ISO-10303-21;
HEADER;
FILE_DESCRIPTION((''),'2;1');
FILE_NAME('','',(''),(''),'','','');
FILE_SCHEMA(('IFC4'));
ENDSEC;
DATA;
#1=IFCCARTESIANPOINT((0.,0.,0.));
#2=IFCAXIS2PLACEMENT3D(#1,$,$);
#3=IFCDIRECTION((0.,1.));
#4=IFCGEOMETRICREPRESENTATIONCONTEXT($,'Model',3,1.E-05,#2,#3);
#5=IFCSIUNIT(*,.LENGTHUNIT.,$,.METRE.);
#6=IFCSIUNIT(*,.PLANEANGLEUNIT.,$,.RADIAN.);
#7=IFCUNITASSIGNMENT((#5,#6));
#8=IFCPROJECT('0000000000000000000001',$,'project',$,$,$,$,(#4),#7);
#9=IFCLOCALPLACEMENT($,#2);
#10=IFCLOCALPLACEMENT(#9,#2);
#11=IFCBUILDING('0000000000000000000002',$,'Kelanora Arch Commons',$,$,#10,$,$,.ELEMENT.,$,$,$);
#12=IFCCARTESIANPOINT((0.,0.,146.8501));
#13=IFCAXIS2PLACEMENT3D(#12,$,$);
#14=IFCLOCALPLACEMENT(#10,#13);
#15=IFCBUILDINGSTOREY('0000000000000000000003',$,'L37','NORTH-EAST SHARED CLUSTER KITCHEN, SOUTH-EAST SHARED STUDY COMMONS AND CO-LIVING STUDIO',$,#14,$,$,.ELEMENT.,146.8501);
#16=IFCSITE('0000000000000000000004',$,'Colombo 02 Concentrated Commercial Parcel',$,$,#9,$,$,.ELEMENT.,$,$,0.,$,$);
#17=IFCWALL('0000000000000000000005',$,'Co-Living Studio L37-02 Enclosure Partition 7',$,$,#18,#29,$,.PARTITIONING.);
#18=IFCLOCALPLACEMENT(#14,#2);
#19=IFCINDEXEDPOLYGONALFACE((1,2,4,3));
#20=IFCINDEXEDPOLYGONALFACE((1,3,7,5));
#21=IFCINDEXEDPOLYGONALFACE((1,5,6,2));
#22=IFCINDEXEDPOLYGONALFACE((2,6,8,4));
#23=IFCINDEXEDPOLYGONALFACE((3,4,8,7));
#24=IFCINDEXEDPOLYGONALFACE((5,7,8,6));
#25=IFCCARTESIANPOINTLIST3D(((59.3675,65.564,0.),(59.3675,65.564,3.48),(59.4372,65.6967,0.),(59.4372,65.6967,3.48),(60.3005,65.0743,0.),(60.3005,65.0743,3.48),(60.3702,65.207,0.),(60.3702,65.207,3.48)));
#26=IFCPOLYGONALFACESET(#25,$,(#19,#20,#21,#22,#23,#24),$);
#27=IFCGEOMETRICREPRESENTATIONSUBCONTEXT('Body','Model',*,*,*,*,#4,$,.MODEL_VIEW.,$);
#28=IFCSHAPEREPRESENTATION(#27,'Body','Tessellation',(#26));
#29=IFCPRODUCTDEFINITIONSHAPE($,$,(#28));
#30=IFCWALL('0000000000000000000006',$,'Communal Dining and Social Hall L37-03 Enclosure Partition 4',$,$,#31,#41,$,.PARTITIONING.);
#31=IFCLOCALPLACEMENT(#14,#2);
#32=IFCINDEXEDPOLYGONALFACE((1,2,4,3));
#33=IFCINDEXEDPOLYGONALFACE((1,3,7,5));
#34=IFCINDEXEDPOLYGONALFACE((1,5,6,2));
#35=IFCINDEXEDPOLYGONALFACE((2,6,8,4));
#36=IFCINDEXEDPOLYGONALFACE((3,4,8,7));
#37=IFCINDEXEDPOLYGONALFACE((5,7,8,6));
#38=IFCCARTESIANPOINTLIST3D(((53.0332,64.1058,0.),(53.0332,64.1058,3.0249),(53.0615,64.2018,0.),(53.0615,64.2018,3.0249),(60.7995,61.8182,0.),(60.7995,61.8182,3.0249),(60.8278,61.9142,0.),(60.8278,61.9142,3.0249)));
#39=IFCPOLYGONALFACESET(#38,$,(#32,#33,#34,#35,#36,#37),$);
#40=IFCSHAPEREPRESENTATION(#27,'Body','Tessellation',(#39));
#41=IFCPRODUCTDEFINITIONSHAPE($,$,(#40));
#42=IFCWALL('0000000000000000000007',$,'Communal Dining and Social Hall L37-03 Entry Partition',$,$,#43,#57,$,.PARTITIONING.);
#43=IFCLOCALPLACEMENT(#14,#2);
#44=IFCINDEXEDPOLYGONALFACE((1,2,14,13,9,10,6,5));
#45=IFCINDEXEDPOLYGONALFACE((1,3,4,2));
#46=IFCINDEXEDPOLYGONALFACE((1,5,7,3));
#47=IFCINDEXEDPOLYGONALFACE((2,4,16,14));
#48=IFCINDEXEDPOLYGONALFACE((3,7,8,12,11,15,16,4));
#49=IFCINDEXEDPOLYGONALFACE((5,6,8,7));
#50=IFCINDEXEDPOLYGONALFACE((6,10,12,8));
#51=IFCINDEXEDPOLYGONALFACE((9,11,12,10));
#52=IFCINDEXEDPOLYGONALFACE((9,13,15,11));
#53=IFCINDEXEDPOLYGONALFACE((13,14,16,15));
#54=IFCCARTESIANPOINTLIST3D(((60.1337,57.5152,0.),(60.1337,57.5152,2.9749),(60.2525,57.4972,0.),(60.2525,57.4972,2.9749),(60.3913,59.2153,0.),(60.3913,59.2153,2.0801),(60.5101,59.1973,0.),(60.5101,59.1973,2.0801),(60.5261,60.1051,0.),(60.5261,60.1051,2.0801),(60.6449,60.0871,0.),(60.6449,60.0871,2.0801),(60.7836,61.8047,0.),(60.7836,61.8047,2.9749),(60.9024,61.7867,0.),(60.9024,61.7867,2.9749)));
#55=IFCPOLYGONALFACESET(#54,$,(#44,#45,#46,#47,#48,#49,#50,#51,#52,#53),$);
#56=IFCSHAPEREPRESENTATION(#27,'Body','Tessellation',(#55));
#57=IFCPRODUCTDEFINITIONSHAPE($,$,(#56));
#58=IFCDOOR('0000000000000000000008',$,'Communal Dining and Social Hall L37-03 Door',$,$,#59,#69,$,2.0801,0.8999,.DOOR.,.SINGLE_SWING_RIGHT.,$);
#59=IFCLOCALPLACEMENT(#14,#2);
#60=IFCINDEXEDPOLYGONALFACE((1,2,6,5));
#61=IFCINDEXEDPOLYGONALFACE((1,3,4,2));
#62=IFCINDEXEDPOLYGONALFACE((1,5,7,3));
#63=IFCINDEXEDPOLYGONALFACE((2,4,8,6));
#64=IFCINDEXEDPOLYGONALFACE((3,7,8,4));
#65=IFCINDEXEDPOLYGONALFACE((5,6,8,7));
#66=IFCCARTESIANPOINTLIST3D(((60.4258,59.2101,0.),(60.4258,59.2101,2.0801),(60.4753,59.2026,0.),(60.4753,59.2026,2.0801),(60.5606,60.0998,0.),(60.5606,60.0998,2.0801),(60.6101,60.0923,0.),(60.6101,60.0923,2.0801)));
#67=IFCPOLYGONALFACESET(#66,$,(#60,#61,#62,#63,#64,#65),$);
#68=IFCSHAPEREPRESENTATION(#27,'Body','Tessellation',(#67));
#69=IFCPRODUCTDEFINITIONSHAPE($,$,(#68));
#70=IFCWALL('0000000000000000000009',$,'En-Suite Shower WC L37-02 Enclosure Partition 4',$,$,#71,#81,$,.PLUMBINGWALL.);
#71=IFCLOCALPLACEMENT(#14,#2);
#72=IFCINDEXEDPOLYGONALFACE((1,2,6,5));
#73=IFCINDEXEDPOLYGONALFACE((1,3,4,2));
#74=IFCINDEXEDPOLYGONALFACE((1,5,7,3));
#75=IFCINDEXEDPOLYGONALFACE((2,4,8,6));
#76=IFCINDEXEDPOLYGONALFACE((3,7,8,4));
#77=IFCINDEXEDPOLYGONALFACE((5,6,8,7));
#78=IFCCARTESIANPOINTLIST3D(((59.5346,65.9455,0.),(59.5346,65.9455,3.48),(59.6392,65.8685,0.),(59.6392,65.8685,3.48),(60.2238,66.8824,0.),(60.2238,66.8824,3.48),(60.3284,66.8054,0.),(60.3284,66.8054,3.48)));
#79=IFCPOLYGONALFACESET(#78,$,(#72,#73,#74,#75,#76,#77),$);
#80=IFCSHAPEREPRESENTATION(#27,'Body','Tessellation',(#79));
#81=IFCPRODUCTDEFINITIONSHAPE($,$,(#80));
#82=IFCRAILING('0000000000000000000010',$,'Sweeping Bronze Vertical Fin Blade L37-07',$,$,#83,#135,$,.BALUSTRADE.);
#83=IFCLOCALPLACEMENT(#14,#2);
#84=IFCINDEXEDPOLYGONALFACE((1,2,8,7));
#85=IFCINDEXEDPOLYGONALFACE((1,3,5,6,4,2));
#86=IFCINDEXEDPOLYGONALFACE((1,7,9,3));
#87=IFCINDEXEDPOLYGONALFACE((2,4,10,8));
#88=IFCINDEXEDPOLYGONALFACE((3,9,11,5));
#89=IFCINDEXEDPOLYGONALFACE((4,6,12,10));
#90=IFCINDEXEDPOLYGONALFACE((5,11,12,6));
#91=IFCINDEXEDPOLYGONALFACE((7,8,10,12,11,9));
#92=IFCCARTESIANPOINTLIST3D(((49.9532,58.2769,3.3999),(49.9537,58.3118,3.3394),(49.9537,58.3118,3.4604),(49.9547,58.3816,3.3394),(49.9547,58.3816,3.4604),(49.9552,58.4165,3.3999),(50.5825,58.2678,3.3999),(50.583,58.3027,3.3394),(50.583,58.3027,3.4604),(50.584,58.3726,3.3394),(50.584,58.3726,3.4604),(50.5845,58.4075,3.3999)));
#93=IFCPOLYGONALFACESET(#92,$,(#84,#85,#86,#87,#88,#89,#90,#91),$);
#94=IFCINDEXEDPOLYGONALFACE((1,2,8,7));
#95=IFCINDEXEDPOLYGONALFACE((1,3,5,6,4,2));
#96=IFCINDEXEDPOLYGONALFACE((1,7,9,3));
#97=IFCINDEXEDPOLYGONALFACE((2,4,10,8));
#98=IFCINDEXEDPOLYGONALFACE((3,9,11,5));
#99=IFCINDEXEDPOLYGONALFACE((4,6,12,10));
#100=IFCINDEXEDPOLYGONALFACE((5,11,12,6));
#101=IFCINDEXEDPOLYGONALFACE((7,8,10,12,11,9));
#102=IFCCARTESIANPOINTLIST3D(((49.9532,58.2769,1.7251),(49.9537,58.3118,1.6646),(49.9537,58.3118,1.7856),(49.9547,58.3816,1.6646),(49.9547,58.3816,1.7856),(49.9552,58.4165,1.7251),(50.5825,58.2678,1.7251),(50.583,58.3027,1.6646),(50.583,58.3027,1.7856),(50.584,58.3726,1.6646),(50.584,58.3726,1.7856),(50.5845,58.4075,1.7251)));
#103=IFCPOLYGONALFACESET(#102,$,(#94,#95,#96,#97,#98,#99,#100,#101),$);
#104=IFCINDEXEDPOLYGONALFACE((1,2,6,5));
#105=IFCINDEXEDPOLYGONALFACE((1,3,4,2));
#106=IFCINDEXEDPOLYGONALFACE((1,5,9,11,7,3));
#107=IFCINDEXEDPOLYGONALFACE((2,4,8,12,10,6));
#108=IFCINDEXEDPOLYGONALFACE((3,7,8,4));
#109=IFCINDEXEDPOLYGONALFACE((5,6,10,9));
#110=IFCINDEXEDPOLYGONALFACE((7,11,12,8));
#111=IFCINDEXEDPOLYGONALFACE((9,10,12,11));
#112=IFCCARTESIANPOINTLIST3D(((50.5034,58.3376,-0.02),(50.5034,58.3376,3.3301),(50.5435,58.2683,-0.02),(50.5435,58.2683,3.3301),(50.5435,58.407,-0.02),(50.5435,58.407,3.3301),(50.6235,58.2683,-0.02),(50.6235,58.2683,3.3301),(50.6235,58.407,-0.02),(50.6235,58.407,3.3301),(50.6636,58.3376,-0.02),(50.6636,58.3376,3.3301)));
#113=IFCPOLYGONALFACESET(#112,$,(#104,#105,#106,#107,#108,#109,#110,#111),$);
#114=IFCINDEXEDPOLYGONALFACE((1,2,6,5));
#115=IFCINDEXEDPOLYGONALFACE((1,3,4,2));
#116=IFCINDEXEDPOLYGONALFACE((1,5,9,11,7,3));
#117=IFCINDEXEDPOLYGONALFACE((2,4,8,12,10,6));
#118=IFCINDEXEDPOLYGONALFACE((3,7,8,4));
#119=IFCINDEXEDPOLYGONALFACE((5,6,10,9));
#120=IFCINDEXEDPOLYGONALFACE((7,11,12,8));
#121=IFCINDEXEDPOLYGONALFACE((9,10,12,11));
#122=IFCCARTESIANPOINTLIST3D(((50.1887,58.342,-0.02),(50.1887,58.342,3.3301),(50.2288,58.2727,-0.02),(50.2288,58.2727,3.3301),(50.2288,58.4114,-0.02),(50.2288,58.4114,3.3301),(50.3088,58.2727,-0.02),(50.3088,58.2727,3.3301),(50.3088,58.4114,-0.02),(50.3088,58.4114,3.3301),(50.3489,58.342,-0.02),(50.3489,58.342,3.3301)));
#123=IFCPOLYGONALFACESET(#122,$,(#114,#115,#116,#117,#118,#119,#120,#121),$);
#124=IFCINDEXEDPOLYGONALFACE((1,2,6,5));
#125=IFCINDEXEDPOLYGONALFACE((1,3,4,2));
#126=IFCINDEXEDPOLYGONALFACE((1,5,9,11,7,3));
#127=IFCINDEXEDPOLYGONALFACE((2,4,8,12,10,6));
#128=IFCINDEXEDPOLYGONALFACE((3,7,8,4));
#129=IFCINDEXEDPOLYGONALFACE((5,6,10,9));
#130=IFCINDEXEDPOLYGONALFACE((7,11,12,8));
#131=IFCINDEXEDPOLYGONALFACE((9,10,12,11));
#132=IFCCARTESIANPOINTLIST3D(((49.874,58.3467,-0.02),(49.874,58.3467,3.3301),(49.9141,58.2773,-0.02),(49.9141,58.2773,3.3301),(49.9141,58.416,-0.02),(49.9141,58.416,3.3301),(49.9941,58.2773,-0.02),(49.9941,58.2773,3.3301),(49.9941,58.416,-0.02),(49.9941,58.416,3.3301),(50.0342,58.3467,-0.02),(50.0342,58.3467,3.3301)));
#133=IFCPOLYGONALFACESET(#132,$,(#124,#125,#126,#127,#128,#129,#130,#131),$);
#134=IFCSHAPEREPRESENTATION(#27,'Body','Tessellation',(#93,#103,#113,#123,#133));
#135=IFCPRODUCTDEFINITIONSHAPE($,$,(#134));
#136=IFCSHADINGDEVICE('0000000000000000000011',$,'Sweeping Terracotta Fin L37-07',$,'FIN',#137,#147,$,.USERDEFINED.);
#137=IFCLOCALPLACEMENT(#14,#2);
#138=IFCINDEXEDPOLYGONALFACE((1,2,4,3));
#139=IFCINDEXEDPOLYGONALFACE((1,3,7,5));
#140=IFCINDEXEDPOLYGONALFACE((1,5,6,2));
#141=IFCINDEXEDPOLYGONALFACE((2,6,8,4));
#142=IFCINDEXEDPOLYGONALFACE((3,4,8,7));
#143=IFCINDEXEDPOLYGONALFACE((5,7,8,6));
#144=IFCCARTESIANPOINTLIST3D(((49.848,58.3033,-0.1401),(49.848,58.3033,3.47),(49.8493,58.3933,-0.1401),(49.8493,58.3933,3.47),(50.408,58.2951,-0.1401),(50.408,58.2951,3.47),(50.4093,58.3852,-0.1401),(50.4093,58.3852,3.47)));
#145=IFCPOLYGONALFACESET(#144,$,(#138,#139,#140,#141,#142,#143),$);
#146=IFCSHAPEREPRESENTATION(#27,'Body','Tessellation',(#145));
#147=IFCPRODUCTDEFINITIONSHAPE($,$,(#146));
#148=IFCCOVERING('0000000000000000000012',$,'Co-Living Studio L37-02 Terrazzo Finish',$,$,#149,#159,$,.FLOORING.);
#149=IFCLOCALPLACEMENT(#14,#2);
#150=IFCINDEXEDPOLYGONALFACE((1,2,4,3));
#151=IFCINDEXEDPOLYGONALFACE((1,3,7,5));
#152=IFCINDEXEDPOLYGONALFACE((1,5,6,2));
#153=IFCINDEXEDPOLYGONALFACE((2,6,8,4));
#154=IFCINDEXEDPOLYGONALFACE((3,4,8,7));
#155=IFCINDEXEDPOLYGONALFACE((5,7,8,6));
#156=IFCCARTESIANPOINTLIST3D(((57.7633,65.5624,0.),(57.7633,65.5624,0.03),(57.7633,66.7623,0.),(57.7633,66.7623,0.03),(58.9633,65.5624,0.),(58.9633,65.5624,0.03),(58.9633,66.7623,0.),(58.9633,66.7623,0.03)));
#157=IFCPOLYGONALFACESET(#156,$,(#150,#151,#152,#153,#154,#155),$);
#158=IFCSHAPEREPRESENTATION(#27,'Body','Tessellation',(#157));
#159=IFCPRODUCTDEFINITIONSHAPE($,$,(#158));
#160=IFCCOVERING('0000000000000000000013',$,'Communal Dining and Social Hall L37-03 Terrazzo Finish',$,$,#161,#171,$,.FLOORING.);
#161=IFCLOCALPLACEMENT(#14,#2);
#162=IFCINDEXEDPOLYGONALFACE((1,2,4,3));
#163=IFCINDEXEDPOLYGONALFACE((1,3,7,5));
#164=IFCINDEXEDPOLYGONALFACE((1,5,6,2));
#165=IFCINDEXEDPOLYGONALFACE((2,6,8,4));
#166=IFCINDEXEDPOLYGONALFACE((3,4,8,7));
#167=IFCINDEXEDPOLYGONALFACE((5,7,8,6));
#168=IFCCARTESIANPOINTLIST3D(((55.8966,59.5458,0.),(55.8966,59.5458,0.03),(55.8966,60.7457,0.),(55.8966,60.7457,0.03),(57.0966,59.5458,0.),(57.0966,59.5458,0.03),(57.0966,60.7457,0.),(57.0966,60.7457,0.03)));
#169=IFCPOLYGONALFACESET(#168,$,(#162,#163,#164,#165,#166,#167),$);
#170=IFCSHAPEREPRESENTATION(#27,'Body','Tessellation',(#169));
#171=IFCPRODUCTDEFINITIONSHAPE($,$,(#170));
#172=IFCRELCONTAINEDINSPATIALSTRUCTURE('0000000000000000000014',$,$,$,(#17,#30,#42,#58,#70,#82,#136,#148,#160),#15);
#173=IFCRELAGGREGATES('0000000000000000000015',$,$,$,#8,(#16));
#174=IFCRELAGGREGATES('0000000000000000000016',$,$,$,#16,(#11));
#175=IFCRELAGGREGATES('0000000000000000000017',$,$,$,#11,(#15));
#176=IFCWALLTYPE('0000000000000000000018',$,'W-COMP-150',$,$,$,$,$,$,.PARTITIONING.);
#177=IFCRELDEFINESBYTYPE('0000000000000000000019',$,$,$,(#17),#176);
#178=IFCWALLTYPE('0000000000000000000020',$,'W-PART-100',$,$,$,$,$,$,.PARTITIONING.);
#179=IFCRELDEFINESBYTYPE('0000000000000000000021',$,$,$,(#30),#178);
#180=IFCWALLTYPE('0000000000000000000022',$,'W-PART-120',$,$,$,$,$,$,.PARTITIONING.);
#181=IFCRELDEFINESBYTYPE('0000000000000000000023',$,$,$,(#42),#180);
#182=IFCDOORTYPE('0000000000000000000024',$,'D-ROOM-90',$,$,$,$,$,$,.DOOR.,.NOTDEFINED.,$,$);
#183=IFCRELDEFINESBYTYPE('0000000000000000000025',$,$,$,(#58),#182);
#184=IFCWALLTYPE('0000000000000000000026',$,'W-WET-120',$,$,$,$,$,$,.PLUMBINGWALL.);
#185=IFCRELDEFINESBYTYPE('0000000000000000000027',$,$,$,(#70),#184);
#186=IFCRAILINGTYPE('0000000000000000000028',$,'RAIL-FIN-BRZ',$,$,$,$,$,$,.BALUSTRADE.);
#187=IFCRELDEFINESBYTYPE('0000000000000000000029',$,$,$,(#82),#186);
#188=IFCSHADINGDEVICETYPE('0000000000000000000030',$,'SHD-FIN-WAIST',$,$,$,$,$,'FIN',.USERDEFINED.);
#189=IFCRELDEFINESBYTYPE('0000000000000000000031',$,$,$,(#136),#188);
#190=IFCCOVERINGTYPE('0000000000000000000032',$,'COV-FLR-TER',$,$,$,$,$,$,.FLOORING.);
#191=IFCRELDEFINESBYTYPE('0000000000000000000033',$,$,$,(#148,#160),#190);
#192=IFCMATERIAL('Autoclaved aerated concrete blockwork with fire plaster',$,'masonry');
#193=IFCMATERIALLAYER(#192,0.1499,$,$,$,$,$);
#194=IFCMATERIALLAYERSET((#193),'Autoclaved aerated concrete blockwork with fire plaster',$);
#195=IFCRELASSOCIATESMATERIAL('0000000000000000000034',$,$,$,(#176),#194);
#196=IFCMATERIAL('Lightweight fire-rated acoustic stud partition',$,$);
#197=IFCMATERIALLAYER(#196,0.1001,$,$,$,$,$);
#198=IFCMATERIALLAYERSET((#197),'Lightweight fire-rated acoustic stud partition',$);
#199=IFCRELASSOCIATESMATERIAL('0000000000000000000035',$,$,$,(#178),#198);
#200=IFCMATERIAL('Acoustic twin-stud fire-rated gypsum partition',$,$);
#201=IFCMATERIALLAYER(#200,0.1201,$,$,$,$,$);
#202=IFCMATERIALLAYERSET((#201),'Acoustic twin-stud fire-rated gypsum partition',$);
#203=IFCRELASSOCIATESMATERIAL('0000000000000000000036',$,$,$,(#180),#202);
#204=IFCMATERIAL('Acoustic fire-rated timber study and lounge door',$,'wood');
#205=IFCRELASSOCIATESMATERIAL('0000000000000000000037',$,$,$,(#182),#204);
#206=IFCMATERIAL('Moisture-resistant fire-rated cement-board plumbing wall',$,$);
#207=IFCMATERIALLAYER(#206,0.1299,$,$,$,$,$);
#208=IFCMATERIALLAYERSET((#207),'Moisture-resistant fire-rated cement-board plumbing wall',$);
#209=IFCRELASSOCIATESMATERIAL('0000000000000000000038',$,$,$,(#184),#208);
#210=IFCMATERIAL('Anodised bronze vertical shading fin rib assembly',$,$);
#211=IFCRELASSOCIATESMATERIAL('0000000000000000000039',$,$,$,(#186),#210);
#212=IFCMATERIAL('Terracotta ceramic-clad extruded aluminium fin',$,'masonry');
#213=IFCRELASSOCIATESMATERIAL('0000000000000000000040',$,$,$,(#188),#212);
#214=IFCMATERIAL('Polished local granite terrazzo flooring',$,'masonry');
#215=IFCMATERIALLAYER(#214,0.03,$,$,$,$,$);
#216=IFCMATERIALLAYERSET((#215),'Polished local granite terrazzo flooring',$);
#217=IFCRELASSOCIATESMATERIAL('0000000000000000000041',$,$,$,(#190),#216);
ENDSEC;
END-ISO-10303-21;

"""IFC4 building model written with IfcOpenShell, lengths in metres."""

from ifc_helpers import new_model, si_unit, direction, frame, frame_2d, origin, origin_2d, place, context, subcontext, project, spatial, polyline, rectangle, outline, extrude, source, transform, mapped, material, layer, layer_set, type_object, element, fill, save


model = new_model("IFC4")

# Units and contexts
model_context = context("Model", 3, precision=1e-05, world=origin(), true_north=direction((0.0, 1.0)))
body_context = subcontext(model_context, "Body", "Model", "MODEL_VIEW")
ifc_project = project(units=[si_unit("LENGTHUNIT", "METRE"), si_unit("PLANEANGLEUNIT", "RADIAN")], contexts=[model_context])

# Site, building, storey
site_placement = place(None, origin())
site = spatial("IfcSite", under=ifc_project, at=site_placement, Name="Colombo 02 Concentrated Commercial Parcel", CompositionType="ELEMENT", RefElevation=0.0)
building_placement = place(site_placement, origin())
building = spatial("IfcBuilding", under=site, at=building_placement, Name="Kelanora Arch Commons", CompositionType="ELEMENT")
storey_placement = place(building_placement, frame((0.0, 0.0, 146.8501)))
storey = spatial("IfcBuildingStorey", under=building, at=storey_placement, Name="L37", Description="NORTH-EAST SHARED CLUSTER KITCHEN, SOUTH-EAST SHARED STUDY COMMONS AND CO-LIVING STUDIO", CompositionType="ELEMENT", Elevation=146.8501)

# Walls
ifc_material_1 = material(Name="Autoclaved aerated concrete blockwork with fire plaster", Category="masonry")
ifc_layer_1 = layer(ifc_material_1, 0.1499)
ifc_layer_set_1 = layer_set([ifc_layer_1], Name="Autoclaved aerated concrete blockwork with fire plaster")
wall_type_1 = type_object("IfcWallType", Name="W-COMP-150", PredefinedType="PARTITIONING", material=ifc_layer_set_1)
wall_1_placement = place(storey_placement, frame((59.4023, 65.6304, 0.0), z_axis=(0.0, 0.0, 1.0), x_axis=(0.88545, -0.464734, 0.0)))
element("IfcWall", 1, at=wall_1_placement, inside=storey, type_object=wall_type_1, Name="Co-Living Studio L37-02 Enclosure Partition 7", PredefinedType="PARTITIONING", context=body_context, shape_type="SweptSolid", body=[
    extrude(rectangle(XDim=1.0537, YDim=0.1499, at=frame_2d((0.5269, 0.0))), origin(), (0.0, 0.0, 1.0), 3.48),
])
ifc_material_2 = material(Name="Lightweight fire-rated acoustic stud partition")
ifc_layer_2 = layer(ifc_material_2, 0.1001)
ifc_layer_set_2 = layer_set([ifc_layer_2], Name="Lightweight fire-rated acoustic stud partition")
wall_type_2 = type_object("IfcWallType", Name="W-PART-100", PredefinedType="PARTITIONING", material=ifc_layer_set_2)
wall_2_placement = place(storey_placement, frame((53.0474, 64.1538, 0.0), z_axis=(0.0, 0.0, 1.0), x_axis=(0.959253, -0.28255, 0.0)))
element("IfcWall", 2, at=wall_2_placement, inside=storey, type_object=wall_type_2, Name="Communal Dining and Social Hall L37-03 Enclosure Partition 4", PredefinedType="PARTITIONING", context=body_context, shape_type="SweptSolid", body=[
    extrude(rectangle(XDim=8.0962, YDim=0.1001, at=frame_2d((4.0481, 0.0))), origin(), (0.0, 0.0, 1.0), 3.0249),
])

# Wall, opening, door
ifc_material_3 = material(Name="Acoustic twin-stud fire-rated gypsum partition")
ifc_layer_3 = layer(ifc_material_3, 0.1201)
ifc_layer_set_3 = layer_set([ifc_layer_3], Name="Acoustic twin-stud fire-rated gypsum partition")
wall_type_3 = type_object("IfcWallType", Name="W-PART-120", PredefinedType="PARTITIONING", material=ifc_layer_set_3)
wall_3_placement = place(storey_placement, frame((60.843, 61.7957, 0.0), z_axis=(0.0, 0.0, 1.0), x_axis=(-0.149807, -0.988715, 0.0)))
wall_3 = element("IfcWall", 3, at=wall_3_placement, inside=storey, type_object=wall_type_3, Name="Communal Dining and Social Hall L37-03 Entry Partition", PredefinedType="PARTITIONING", context=body_context, shape_type="SweptSolid", body=[
    extrude(rectangle(XDim=4.3384, YDim=0.1201, at=frame_2d((2.1692, 0.0))), origin(), (0.0, 0.0, 1.0), 2.9749),
])
opening_placement = place(wall_3_placement, frame((1.719, 0.0, 0.0)))
opening = element("IfcOpeningElement", 4, at=opening_placement, cuts=wall_3, PredefinedType="OPENING", context=body_context, shape_type="SweptSolid", body=[
    extrude(rectangle(XDim=0.8999, YDim=2.0801, at=frame_2d((0.45, 1.04))), frame((0.0, 0.0701, 0.0), z_axis=(0.0, -1.0, 0.0), x_axis=(1.0, 0.0, 0.0)), (0.0, 0.0, 1.0), 0.1401),
])
ifc_material_4 = material(Name="Acoustic fire-rated timber study and lounge door", Category="wood")
door_type = type_object("IfcDoorType", Name="D-ROOM-90", OperationType="NOTDEFINED", PredefinedType="DOOR", material=ifc_material_4)
door_placement = place(opening_placement, origin())
door = element("IfcDoor", 5, at=door_placement, inside=storey, type_object=door_type, Name="Communal Dining and Social Hall L37-03 Door", OperationType="SINGLE_SWING_RIGHT", OverallHeight=2.0801, OverallWidth=0.8999, PredefinedType="DOOR", context=body_context, shape_type="SweptSolid", body=[
    extrude(rectangle(XDim=0.8999, YDim=2.0801, at=frame_2d((0.45, 1.04))), frame((0.0, 0.0249, 0.0), z_axis=(0.0, -1.0, 0.0), x_axis=(1.0, 0.0, 0.0)), (0.0, 0.0, 1.0), 0.05),
])
fill(opening, door)

# Wall
ifc_material_5 = material(Name="Moisture-resistant fire-rated cement-board plumbing wall")
ifc_layer_4 = layer(ifc_material_5, 0.1299)
ifc_layer_set_4 = layer_set([ifc_layer_4], Name="Moisture-resistant fire-rated cement-board plumbing wall")
wall_type_4 = type_object("IfcWallType", Name="W-WET-120", PredefinedType="PLUMBINGWALL", material=ifc_layer_set_4)
wall_4_placement = place(storey_placement, frame((59.5869, 65.907, 0.0), z_axis=(0.0, 0.0, 1.0), x_axis=(0.592519, 0.805557, 0.0)))
element("IfcWall", 6, at=wall_4_placement, inside=storey, type_object=wall_type_4, Name="En-Suite Shower WC L37-02 Enclosure Partition 4", PredefinedType="PLUMBINGWALL", context=body_context, shape_type="SweptSolid", body=[
    extrude(rectangle(XDim=1.1631, YDim=0.1299, at=frame_2d((0.5815, 0.0))), origin(), (0.0, 0.0, 1.0), 3.48),
])

# Railing
ifc_material_6 = material(Name="Anodised bronze vertical shading fin rib assembly")
railing_type = type_object("IfcRailingType", Name="RAIL-FIN-BRZ", PredefinedType="BALUSTRADE", material=ifc_material_6)
railing_placement = place(storey_placement, frame((50.5835, 58.3376, -0.02)))
element("IfcRailing", 7, at=railing_placement, inside=storey, type_object=railing_type, Name="Sweeping Bronze Vertical Fin Blade L37-07", PredefinedType="BALUSTRADE", context=body_context, shape_type="SweptSolid", body=[
    extrude(outline(polyline([(0.0698, 0.0), (0.0349, 0.0605), (-0.0349, 0.0605), (-0.0698, 0.0), (-0.0349, -0.0605), (0.0349, -0.0605), (0.0698, 0.0)])), frame((0.0, 0.0, 3.4199), z_axis=(-0.999897, 0.014351, 0.0), x_axis=(-0.014351, -0.999897, 0.0)), (0.0, 0.0, 1.0), 0.6294),
    extrude(outline(polyline([(0.0698, 0.0), (0.0349, 0.0605), (-0.0349, 0.0605), (-0.0698, 0.0), (-0.0349, -0.0605), (0.0349, -0.0605), (0.0698, 0.0)])), frame((0.0, 0.0, 1.7451), z_axis=(-0.999897, 0.014351, 0.0), x_axis=(-0.014351, -0.999897, 0.0)), (0.0, 0.0, 1.0), 0.6294),
    extrude(outline(polyline([(0.0801, 0.0), (0.04, 0.0693), (-0.04, 0.0693), (-0.0801, 0.0), (-0.04, -0.0693), (0.04, -0.0693), (0.0801, 0.0)])), origin(), (0.0, 0.0, 1.0), 3.3501),
    extrude(outline(polyline([(0.0801, 0.0), (0.04, 0.0693), (-0.04, 0.0693), (-0.0801, 0.0), (-0.04, -0.0693), (0.04, -0.0693), (0.0801, 0.0)])), frame((-0.3147, 0.0044, 0.0)), (0.0, 0.0, 1.0), 3.3501),
    extrude(outline(polyline([(0.0801, 0.0), (0.04, 0.0693), (-0.04, 0.0693), (-0.0801, 0.0), (-0.04, -0.0693), (0.04, -0.0693), (0.0801, 0.0)])), frame((-0.6294, 0.009, 0.0)), (0.0, 0.0, 1.0), 3.3501),
])

# Shading device
ifc_material_7 = material(Name="Terracotta ceramic-clad extruded aluminium fin", Category="masonry")
shading_device_type = type_object("IfcShadingDeviceType", Name="SHD-FIN-WAIST", ElementType="FIN", PredefinedType="USERDEFINED", material=ifc_material_7)
shared_shape_1 = source(origin(), body_context, "Body", "SweptSolid", [
    extrude(rectangle(XDim=0.5601, YDim=0.0901, at=origin_2d()), origin(), (0.0, 0.0, 1.0), 3.6101),
])
shading_device_placement = place(storey_placement, frame((50.1287, 58.3442, -0.1401), z_axis=(0.0, 0.0, 1.0), x_axis=(-0.999895, 0.014486, 0.0)))
element("IfcShadingDevice", 8, at=shading_device_placement, inside=storey, type_object=shading_device_type, Name="Sweeping Terracotta Fin L37-07", ObjectType="FIN", PredefinedType="USERDEFINED", context=body_context, shape_type="MappedRepresentation", body=[
    mapped(shared_shape_1, transform((0.0, 0.0, 0.0), scale=1.0)),
])

# Coverings
ifc_material_8 = material(Name="Polished local granite terrazzo flooring", Category="masonry")
ifc_layer_5 = layer(ifc_material_8, 0.03)
ifc_layer_set_5 = layer_set([ifc_layer_5], Name="Polished local granite terrazzo flooring")
covering_type = type_object("IfcCoveringType", Name="COV-FLR-TER", PredefinedType="FLOORING", material=ifc_layer_set_5)
shared_shape_2 = source(origin(), body_context, "Body", "SweptSolid", [
    extrude(rectangle(XDim=1.2, YDim=1.2, at=origin_2d()), origin(), (0.0, 0.0, 1.0), 0.03),
])
for number, where, z_axis, x_axis, name in (
    (9, (58.3633, 66.1624, 0.0), (0.0, 0.0, 1.0), (1.0, 0.0, 0.0), "Co-Living Studio L37-02 Terrazzo Finish"),
    (10, (56.4966, 60.1458, 0.0), (0.0, 0.0, 1.0), (1.0, 0.0, 0.0), "Communal Dining and Social Hall L37-03 Terrazzo Finish"),
):
    element("IfcCovering", number, at=place(storey_placement, frame(where, z_axis=z_axis, x_axis=x_axis)), inside=storey, type_object=covering_type, Name=name, PredefinedType="FLOORING", context=body_context, shape_type="MappedRepresentation", body=[
        mapped(shared_shape_2, transform((0.0, 0.0, 0.0), scale=1.0)),
    ])

save(model, "model.ifc")
